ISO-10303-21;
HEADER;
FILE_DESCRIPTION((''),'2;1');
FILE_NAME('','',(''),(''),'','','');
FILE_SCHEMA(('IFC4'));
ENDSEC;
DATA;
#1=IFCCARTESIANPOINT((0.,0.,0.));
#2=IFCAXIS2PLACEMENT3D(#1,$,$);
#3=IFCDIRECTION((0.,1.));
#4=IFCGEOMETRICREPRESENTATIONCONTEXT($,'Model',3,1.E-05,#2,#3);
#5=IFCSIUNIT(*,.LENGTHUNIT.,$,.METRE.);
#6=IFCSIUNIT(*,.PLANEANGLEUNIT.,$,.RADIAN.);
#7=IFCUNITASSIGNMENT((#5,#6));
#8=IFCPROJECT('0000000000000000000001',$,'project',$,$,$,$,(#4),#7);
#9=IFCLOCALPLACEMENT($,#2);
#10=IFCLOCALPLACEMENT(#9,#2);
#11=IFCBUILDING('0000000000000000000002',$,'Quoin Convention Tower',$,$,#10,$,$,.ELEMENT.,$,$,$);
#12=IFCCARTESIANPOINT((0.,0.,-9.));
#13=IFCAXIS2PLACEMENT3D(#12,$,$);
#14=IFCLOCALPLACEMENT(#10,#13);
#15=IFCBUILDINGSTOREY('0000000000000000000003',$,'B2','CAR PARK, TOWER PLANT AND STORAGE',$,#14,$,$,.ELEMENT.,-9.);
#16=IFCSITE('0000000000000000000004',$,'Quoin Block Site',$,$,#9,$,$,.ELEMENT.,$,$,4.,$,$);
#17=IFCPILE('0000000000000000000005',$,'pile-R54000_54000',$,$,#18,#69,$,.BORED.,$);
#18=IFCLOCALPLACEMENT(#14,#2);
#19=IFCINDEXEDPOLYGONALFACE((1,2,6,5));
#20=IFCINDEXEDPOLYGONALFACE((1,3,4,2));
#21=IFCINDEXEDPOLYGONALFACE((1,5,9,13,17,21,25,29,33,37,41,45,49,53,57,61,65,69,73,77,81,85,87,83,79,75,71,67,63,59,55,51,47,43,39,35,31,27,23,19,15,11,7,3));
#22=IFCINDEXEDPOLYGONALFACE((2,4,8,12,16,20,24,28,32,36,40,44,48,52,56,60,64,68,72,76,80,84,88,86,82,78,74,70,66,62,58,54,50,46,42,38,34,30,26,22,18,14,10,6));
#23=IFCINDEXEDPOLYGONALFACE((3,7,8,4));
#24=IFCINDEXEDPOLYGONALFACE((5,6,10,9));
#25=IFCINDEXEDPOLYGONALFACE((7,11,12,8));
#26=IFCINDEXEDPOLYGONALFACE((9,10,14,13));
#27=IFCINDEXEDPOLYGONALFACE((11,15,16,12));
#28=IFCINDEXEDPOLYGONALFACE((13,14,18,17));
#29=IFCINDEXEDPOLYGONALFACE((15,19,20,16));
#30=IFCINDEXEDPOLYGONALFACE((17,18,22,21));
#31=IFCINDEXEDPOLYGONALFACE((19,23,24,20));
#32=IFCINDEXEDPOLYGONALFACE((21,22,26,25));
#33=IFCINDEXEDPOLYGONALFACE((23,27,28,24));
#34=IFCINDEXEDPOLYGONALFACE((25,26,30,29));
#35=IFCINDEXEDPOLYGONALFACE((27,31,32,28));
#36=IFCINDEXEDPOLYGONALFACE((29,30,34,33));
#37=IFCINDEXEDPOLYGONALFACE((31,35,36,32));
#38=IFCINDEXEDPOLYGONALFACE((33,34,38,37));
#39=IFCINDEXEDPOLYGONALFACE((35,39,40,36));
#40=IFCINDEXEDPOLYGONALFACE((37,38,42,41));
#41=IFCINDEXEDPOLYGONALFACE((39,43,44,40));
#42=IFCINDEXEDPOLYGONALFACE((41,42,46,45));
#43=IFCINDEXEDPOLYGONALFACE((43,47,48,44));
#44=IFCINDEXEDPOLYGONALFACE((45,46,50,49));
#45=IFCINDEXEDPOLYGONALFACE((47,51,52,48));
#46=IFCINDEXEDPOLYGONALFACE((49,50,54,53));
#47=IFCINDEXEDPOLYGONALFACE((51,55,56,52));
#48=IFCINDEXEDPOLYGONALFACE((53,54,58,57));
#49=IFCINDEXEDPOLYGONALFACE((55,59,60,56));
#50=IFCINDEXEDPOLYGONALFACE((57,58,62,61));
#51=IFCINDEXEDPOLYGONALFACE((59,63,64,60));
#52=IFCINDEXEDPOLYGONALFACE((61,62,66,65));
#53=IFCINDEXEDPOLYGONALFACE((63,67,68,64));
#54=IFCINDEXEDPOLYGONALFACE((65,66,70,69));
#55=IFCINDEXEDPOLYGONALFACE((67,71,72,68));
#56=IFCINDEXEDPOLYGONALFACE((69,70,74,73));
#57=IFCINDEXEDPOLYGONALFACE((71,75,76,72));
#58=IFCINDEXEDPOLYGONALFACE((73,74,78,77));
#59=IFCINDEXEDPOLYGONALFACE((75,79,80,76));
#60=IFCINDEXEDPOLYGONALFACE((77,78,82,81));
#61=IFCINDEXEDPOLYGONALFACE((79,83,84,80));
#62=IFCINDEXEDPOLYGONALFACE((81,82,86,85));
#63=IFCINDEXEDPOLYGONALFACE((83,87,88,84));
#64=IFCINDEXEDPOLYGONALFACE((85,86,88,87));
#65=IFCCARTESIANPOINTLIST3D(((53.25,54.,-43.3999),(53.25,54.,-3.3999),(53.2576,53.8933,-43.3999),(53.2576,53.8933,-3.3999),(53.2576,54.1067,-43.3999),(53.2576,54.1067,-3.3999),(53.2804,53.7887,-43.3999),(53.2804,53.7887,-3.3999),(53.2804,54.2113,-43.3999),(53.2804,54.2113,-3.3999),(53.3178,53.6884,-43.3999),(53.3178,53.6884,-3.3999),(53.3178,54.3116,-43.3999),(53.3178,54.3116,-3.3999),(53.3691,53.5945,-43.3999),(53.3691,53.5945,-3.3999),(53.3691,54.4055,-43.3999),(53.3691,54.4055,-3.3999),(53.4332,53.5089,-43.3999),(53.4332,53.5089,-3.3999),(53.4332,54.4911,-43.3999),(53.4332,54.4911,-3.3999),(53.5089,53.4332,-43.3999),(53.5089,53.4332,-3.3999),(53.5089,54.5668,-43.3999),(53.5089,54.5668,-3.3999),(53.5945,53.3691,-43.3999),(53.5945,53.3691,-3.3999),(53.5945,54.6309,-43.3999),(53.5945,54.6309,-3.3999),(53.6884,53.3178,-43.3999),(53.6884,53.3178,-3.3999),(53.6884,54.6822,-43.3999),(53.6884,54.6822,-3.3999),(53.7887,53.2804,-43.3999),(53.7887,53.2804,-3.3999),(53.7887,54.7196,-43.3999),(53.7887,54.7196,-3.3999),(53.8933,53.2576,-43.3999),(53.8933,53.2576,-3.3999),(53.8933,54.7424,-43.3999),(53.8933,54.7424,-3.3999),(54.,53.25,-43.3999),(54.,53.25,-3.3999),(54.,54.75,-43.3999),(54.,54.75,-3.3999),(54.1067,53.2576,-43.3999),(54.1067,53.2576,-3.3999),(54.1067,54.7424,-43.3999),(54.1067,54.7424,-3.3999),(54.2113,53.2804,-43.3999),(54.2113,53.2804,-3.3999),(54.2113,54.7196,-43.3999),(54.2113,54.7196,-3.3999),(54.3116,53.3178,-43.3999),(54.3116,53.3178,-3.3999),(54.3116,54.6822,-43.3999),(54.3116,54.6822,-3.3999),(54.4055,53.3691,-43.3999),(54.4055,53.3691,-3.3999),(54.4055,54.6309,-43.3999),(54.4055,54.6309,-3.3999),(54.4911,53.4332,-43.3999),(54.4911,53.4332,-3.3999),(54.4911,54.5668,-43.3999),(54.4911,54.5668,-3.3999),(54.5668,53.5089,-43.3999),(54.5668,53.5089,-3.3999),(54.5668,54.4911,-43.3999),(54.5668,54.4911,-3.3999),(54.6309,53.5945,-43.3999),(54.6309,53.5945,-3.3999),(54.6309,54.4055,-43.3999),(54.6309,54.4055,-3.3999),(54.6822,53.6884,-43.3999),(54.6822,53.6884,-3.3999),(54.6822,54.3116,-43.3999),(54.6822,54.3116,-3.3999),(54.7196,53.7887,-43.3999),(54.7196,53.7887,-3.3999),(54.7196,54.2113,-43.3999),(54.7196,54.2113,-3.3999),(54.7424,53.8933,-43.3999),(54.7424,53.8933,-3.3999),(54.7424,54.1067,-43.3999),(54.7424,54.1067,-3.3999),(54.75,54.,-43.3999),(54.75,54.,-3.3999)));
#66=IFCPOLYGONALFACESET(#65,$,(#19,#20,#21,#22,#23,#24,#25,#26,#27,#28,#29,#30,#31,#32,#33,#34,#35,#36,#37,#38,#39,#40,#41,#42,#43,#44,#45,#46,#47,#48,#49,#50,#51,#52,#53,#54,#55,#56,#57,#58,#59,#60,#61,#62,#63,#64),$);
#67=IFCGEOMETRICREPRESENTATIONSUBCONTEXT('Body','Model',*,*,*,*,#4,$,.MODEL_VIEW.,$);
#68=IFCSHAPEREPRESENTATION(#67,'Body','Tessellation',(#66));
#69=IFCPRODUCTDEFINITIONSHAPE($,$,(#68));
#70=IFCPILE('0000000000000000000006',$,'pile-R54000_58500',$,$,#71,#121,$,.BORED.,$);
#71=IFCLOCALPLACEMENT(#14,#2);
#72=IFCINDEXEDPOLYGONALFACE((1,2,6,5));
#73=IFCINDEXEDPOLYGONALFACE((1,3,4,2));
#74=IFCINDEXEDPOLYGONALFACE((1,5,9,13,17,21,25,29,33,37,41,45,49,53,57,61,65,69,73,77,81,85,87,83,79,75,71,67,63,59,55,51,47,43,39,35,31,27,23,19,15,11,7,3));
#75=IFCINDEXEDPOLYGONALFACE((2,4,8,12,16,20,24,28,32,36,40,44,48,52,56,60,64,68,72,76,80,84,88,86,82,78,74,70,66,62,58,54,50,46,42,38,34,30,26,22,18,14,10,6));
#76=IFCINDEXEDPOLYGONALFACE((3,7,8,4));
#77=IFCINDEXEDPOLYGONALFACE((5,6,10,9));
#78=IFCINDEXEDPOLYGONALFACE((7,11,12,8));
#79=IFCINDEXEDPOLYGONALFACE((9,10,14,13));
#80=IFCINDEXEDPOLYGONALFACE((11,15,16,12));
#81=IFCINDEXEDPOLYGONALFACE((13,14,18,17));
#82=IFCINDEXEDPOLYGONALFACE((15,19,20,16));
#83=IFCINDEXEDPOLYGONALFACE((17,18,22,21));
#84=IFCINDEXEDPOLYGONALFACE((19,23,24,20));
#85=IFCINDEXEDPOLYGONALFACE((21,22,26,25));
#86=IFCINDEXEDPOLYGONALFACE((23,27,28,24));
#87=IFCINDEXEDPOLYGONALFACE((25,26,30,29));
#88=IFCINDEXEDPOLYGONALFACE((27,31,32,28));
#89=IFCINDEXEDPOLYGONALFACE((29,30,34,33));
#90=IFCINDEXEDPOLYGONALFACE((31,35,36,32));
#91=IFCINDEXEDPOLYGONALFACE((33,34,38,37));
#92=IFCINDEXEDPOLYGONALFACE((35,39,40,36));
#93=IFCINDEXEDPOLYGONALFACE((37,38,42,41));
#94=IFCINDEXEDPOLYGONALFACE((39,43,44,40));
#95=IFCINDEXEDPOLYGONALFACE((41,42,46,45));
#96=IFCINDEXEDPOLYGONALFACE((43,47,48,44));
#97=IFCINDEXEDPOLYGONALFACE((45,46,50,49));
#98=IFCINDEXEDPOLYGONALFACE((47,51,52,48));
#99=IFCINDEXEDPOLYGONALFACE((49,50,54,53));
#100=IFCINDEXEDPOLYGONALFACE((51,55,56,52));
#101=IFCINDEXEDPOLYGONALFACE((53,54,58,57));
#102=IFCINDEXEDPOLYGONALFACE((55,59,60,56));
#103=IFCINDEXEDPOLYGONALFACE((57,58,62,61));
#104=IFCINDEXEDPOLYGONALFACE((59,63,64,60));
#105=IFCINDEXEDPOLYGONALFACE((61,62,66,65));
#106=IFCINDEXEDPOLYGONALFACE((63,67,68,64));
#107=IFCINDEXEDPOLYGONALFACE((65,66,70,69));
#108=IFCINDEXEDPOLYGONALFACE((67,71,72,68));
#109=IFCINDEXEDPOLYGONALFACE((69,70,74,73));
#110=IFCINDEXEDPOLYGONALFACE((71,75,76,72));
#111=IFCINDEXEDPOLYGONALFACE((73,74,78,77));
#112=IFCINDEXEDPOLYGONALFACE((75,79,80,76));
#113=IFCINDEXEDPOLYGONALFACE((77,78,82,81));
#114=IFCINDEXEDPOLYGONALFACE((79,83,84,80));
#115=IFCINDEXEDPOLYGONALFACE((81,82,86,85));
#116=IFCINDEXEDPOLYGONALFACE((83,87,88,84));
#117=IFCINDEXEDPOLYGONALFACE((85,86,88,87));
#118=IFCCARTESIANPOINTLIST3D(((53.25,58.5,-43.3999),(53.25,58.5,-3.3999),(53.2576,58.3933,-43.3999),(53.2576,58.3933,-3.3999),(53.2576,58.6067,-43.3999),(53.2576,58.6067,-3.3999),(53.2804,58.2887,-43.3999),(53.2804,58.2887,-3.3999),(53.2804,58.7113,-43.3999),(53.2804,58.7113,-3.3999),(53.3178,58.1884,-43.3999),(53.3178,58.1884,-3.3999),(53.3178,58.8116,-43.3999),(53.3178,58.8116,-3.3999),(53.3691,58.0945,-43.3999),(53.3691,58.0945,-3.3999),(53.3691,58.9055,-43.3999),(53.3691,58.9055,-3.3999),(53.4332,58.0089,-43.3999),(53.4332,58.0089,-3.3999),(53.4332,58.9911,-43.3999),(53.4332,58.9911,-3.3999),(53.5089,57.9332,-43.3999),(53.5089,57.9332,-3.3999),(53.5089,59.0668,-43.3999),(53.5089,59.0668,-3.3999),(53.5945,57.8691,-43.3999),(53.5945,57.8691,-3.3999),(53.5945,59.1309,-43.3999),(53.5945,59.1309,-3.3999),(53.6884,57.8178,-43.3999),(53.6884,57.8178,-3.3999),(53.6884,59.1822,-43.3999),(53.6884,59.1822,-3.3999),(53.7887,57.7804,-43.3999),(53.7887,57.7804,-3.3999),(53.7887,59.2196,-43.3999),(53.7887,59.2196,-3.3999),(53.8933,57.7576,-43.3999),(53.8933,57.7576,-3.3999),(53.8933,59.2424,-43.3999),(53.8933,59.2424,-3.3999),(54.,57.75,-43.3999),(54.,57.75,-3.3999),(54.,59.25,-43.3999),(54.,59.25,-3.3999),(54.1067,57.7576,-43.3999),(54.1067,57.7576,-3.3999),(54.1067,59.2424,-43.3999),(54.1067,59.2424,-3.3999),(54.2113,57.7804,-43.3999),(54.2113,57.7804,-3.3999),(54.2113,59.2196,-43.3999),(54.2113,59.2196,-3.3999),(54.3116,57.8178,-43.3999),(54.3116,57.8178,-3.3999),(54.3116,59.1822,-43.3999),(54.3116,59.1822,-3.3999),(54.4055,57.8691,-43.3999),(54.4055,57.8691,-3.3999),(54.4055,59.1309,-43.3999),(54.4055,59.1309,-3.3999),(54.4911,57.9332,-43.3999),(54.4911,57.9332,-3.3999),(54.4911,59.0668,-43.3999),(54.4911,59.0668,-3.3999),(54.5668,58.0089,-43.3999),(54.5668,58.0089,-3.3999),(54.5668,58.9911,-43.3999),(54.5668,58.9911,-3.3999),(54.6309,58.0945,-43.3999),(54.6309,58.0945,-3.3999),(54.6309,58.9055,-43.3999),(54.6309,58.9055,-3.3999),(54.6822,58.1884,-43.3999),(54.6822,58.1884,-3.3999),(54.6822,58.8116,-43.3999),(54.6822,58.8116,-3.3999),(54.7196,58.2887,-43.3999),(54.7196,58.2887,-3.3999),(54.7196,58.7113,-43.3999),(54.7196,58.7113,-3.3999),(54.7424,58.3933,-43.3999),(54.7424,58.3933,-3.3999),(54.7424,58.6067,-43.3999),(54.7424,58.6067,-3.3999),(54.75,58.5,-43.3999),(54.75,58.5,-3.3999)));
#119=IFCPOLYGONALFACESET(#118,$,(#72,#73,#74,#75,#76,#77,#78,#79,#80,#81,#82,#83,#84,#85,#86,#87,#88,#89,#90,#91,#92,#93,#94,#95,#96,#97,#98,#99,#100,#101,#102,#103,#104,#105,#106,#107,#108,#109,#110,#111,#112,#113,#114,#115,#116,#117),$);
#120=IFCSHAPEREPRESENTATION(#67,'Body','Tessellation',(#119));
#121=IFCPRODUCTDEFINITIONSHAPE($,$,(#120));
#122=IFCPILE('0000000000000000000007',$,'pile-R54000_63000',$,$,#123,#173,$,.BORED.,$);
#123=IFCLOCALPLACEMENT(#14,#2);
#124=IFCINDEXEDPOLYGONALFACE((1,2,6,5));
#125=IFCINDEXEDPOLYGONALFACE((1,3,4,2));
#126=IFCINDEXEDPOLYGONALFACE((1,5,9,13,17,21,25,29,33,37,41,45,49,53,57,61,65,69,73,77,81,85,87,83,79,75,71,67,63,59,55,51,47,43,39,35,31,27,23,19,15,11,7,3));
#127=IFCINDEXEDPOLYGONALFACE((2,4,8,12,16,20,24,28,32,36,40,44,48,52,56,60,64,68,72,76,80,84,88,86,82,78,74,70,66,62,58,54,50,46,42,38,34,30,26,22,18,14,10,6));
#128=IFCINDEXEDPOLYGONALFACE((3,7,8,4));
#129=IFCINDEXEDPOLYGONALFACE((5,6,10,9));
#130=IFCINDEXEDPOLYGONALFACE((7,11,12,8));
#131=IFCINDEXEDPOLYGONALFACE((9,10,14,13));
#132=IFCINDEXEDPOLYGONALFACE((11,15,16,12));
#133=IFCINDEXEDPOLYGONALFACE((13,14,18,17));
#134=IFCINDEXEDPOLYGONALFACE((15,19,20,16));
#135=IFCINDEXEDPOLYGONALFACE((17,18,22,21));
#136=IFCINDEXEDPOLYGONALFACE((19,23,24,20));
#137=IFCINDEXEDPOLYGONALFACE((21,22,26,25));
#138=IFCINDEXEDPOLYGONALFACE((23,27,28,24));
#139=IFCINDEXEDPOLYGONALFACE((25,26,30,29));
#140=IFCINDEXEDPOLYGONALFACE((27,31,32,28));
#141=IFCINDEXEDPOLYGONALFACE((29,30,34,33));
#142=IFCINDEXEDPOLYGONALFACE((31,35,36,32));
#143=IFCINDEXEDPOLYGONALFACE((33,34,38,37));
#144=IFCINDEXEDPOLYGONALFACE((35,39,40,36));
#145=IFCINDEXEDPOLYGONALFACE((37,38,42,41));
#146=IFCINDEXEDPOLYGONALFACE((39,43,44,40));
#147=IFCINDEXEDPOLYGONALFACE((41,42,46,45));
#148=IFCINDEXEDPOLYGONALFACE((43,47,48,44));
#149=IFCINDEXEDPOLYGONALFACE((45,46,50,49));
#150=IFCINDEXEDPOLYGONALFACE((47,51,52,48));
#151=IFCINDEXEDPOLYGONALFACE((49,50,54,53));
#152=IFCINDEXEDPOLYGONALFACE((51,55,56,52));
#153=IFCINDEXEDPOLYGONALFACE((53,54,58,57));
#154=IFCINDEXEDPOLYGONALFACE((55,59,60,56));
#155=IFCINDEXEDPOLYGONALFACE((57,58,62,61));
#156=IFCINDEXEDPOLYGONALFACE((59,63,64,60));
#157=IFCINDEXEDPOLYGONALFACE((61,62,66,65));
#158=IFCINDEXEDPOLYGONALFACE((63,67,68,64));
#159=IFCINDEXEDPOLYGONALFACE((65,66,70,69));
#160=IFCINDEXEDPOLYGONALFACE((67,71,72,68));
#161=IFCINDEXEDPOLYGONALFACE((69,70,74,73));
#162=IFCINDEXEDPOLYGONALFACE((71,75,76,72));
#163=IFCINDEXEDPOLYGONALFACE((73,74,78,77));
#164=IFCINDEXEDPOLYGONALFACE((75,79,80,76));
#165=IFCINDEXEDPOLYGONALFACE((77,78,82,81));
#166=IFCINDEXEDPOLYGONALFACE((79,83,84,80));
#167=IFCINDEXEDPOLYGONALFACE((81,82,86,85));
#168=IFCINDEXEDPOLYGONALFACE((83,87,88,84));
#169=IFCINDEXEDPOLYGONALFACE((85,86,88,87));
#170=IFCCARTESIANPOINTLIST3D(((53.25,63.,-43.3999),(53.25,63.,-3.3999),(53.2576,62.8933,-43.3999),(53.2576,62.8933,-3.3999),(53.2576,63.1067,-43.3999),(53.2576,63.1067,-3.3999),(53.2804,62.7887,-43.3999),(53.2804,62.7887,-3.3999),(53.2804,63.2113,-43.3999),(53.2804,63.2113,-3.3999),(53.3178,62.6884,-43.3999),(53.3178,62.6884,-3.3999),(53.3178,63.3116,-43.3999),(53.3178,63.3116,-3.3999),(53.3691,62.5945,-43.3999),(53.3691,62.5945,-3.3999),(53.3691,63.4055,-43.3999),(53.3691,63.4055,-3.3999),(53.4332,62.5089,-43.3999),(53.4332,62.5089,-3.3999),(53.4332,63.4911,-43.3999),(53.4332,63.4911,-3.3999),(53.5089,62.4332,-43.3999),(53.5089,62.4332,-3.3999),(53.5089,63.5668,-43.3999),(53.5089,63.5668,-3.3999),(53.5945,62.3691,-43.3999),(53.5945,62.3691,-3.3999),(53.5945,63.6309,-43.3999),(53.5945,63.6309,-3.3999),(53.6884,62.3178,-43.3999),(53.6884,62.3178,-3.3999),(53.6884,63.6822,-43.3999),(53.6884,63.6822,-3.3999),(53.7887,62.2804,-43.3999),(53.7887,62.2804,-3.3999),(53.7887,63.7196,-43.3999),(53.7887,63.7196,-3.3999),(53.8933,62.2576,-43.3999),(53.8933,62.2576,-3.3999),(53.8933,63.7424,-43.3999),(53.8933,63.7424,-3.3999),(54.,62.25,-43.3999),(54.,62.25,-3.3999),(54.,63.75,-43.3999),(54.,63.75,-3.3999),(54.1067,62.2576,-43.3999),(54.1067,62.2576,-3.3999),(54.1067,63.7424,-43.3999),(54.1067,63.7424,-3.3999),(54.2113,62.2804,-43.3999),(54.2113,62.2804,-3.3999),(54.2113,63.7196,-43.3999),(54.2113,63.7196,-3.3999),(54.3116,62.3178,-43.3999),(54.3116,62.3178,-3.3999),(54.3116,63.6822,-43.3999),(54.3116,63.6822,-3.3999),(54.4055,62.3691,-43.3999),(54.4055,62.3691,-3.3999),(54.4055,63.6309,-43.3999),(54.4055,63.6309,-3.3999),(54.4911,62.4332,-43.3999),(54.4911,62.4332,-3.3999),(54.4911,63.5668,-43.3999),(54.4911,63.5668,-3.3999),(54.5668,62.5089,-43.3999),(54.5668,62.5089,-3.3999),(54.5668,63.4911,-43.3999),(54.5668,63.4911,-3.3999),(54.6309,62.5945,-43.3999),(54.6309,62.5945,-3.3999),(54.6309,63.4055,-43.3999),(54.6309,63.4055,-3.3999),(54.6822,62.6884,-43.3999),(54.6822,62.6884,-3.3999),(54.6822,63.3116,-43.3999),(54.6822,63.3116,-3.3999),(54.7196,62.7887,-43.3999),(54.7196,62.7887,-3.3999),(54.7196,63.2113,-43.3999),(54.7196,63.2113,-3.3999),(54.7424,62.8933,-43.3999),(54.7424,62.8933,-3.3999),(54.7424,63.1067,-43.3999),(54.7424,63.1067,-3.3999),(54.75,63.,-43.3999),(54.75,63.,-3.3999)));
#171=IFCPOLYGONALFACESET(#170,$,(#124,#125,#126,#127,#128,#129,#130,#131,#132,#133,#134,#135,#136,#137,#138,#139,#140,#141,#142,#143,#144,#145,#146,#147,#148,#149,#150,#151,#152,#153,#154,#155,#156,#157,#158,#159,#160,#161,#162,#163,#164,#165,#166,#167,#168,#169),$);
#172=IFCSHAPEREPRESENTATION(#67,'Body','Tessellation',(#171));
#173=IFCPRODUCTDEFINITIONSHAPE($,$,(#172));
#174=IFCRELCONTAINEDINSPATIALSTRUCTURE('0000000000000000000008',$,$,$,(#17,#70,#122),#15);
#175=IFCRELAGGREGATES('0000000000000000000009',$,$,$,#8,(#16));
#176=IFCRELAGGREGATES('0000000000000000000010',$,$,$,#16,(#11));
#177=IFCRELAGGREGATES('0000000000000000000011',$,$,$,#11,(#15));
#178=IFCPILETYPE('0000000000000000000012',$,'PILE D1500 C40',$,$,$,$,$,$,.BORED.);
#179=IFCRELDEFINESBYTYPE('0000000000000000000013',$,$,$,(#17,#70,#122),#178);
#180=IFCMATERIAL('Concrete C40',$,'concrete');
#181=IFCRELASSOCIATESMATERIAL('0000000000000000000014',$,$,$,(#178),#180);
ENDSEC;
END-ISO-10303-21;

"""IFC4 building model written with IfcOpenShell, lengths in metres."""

from ifc_helpers import new_model, si_unit, direction, frame, origin, origin_2d, place, context, subcontext, project, spatial, circle, extrude, material, material_profile, profile_set, type_object, element, save


model = new_model("IFC4")

# Units and contexts
model_context = context("Model", 3, precision=1e-05, world=origin(), true_north=direction((0.0, 1.0)))
body_context = subcontext(model_context, "Body", "Model", "MODEL_VIEW")
ifc_project = project(units=[si_unit("LENGTHUNIT", "METRE"), si_unit("PLANEANGLEUNIT", "RADIAN")], contexts=[model_context])

# Site, building, storey
site_placement = place(None, origin())
site = spatial("IfcSite", under=ifc_project, at=site_placement, Name="Quoin Block Site", CompositionType="ELEMENT", RefElevation=4.0)
building_placement = place(site_placement, origin())
building = spatial("IfcBuilding", under=site, at=building_placement, Name="Quoin Convention Tower", CompositionType="ELEMENT")
storey_placement = place(building_placement, frame((0.0, 0.0, -9.0)))
storey = spatial("IfcBuildingStorey", under=building, at=storey_placement, Name="B2", Description="CAR PARK, TOWER PLANT AND STORAGE", CompositionType="ELEMENT", Elevation=-9.0)

# Piles
ifc_material_1 = material(Name="Concrete C40", Category="concrete")
ifc_material_profile = material_profile(ifc_material_1, circle(Radius=0.75, at=origin_2d()), Name="D1500")
ifc_profile_set = profile_set([ifc_material_profile], Name="Concrete C40")
pile_type = type_object("IfcPileType", Name="PILE D1500 C40", PredefinedType="BORED", material=ifc_profile_set)
for number, where, z_axis, x_axis, name in (
    (1, (54.0, 54.0, -3.3999), (0.0, 0.0, -1.0), (1.0, 0.0, 0.0), "pile-R54000_54000"),
    (2, (54.0, 58.5, -3.3999), (0.0, 0.0, -1.0), (1.0, 0.0, 0.0), "pile-R54000_58500"),
    (3, (54.0, 63.0, -3.3999), (0.0, 0.0, -1.0), (1.0, 0.0, 0.0), "pile-R54000_63000"),
):
    element("IfcPile", number, at=place(storey_placement, frame(where, z_axis=z_axis, x_axis=x_axis)), inside=storey, type_object=pile_type, Name=name, PredefinedType="BORED", context=body_context, shape_type="SweptSolid", body=[
        extrude(circle(Radius=0.75, at=origin_2d()), origin(), (0.0, 0.0, 1.0), 40.0),
    ])

save(model, "model.ifc")
